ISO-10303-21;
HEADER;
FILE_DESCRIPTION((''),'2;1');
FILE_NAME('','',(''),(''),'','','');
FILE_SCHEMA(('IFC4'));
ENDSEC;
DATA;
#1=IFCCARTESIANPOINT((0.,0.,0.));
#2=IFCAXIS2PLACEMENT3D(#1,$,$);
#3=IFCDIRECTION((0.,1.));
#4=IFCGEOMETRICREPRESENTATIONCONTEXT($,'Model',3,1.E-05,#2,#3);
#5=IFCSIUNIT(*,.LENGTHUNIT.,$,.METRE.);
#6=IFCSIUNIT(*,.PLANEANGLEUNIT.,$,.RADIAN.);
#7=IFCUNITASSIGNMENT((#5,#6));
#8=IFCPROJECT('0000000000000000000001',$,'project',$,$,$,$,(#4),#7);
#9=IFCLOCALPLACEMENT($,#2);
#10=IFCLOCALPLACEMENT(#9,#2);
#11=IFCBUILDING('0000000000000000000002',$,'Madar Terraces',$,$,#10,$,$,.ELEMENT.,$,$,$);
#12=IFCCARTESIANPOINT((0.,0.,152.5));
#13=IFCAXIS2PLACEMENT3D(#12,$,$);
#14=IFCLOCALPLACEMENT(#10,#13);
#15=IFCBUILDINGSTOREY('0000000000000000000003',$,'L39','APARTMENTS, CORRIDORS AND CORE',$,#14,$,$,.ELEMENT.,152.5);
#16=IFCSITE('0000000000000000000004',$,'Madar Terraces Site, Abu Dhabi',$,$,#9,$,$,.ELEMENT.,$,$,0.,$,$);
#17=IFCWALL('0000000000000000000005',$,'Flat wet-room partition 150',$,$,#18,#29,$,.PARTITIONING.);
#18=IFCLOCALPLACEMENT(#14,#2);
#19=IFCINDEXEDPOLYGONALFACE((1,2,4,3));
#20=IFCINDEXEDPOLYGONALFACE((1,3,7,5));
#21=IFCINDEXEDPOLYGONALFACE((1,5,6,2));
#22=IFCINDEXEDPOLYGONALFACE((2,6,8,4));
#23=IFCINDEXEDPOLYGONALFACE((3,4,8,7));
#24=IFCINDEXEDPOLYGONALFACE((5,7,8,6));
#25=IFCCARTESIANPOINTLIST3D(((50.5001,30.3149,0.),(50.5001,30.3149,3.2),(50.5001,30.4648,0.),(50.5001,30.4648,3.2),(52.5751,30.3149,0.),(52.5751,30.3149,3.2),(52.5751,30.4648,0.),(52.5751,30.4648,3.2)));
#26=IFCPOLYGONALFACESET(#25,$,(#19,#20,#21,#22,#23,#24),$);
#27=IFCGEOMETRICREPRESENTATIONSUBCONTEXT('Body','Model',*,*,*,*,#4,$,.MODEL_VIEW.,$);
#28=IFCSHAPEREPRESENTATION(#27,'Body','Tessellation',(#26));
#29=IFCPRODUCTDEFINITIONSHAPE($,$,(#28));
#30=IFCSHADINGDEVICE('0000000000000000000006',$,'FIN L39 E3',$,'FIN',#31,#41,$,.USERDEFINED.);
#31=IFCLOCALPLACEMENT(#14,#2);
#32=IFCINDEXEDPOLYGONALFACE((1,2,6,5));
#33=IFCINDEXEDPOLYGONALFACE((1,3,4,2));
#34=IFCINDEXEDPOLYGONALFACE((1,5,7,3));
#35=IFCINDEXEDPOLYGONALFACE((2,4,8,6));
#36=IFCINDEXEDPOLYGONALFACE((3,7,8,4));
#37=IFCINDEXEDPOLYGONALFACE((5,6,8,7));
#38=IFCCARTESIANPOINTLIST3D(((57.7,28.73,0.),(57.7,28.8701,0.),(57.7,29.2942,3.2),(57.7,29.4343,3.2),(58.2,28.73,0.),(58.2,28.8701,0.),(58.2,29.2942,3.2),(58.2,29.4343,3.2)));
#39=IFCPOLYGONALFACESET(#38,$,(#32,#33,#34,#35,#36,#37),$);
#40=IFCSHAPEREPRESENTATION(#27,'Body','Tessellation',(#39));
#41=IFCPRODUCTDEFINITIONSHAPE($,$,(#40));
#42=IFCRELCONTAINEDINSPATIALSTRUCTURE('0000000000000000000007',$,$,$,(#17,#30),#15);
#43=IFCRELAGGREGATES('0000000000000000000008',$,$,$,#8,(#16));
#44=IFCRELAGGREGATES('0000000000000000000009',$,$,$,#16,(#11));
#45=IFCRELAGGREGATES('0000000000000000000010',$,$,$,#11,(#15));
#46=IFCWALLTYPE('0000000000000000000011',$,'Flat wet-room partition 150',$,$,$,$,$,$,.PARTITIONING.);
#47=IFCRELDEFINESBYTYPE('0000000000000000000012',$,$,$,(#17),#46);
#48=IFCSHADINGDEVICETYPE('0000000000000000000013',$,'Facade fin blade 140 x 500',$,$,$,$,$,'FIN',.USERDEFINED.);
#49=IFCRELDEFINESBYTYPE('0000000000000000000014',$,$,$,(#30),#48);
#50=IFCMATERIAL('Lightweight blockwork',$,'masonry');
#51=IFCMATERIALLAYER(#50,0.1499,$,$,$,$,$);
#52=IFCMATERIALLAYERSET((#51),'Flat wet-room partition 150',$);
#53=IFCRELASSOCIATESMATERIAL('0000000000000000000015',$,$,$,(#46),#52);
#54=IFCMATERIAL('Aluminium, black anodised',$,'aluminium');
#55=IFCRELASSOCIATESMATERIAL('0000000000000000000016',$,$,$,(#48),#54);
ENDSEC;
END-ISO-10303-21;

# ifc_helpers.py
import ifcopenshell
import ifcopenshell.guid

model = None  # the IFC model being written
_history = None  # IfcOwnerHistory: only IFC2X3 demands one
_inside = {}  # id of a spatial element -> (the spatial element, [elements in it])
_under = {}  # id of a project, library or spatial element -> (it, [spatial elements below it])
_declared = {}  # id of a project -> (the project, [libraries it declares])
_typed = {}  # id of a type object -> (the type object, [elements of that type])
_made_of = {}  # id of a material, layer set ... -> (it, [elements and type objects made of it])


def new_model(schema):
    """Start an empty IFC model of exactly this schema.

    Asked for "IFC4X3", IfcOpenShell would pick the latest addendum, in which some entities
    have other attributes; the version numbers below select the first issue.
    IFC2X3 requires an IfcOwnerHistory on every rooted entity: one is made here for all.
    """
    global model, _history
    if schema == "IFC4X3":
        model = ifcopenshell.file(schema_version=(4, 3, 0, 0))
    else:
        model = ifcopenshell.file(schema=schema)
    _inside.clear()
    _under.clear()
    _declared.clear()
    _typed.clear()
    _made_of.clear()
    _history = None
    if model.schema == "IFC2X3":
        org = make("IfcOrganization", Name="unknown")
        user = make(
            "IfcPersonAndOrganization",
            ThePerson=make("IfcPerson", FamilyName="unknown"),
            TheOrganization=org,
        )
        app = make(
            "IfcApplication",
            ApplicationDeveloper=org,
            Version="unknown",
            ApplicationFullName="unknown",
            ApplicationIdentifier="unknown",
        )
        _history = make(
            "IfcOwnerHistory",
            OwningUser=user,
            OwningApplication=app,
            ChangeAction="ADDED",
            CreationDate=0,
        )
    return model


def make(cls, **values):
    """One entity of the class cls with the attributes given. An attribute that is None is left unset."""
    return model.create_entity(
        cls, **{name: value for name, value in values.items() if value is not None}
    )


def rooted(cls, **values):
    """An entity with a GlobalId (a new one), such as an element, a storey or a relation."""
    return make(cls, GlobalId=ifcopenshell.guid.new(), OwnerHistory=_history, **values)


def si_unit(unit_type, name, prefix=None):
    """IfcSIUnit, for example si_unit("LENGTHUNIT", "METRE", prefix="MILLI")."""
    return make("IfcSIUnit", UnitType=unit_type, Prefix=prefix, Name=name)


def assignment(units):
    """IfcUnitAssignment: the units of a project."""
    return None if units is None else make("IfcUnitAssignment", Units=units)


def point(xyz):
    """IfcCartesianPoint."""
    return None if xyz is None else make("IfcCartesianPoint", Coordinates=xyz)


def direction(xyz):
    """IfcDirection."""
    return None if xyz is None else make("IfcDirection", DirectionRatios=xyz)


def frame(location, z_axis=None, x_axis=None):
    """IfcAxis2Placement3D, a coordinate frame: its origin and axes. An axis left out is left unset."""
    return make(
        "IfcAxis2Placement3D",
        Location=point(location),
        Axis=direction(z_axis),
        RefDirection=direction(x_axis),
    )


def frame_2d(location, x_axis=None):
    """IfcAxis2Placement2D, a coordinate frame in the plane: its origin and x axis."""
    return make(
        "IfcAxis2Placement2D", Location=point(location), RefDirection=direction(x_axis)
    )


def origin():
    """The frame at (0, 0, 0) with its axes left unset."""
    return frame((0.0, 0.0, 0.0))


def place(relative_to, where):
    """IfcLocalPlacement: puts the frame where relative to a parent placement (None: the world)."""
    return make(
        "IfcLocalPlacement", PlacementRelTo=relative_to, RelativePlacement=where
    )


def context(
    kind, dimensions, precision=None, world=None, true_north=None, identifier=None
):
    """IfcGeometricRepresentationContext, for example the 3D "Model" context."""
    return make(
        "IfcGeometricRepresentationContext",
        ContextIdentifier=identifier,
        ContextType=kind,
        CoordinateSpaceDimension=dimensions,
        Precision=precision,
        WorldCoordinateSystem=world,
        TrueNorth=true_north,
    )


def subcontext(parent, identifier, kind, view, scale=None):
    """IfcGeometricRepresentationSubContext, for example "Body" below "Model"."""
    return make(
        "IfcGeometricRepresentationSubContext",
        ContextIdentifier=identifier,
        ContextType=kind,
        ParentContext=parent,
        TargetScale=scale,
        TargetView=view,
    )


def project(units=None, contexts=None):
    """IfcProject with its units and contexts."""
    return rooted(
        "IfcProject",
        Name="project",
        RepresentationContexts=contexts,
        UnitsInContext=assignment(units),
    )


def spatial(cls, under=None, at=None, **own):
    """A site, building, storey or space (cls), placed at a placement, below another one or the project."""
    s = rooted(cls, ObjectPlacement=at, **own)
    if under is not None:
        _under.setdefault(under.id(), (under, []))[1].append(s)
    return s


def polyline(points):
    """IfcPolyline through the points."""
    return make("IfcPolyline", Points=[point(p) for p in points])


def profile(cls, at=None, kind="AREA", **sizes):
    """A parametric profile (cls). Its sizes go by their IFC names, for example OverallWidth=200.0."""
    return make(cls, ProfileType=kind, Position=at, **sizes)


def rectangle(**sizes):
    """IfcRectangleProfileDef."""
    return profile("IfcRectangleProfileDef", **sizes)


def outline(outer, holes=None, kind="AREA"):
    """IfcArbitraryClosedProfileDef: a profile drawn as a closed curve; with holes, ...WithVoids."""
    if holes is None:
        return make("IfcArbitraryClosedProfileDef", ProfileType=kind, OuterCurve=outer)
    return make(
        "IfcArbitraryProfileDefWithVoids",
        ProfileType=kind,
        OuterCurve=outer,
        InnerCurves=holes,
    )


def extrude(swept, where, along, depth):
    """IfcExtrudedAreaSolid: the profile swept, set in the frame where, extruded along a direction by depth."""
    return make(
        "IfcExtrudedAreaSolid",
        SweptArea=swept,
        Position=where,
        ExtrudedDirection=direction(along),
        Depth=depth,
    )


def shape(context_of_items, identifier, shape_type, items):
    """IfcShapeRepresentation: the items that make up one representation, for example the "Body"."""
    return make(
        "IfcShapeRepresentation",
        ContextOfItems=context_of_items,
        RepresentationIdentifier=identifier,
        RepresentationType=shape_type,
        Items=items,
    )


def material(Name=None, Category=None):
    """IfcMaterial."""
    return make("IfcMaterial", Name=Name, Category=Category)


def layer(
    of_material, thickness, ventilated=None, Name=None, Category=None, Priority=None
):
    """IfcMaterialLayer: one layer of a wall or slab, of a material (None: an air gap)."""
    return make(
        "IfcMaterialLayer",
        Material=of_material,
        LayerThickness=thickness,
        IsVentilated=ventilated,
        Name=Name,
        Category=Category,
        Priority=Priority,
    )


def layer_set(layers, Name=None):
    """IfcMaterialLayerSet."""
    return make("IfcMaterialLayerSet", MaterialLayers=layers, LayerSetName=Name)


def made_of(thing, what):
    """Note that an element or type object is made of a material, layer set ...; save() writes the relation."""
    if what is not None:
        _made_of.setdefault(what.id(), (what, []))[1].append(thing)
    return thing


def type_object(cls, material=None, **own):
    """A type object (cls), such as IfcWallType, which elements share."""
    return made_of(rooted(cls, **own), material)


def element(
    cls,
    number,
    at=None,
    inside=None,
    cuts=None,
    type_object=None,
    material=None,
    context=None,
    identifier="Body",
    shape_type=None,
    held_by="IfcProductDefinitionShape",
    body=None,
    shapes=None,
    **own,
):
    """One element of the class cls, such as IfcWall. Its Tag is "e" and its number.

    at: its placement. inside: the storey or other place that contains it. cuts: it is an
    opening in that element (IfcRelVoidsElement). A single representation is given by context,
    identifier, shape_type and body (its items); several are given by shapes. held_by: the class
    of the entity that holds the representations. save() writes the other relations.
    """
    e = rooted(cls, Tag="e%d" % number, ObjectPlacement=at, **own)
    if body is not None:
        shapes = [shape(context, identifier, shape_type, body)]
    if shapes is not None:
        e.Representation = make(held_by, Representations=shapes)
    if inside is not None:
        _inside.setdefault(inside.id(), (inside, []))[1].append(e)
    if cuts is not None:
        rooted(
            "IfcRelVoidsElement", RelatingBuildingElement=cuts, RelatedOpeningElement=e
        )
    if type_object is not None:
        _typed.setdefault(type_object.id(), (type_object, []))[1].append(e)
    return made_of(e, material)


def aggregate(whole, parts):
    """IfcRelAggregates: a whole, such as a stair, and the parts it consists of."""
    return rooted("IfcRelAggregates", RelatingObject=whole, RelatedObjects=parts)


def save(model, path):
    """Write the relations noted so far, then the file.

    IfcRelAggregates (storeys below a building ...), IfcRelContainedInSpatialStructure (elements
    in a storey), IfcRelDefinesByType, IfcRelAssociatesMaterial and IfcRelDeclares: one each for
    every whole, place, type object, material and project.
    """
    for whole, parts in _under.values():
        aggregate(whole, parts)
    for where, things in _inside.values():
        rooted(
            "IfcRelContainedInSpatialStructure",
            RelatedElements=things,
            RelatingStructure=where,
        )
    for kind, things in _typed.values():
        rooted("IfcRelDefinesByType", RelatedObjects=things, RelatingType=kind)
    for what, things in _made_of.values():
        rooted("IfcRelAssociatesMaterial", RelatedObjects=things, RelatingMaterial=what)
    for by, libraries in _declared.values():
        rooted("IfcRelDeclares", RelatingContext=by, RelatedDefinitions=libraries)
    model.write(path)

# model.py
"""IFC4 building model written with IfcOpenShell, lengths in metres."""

from ifc_helpers import new_model, si_unit, direction, frame, frame_2d, origin, place, context, subcontext, project, spatial, polyline, rectangle, outline, extrude, material, layer, layer_set, type_object, element, save


model = new_model("IFC4")

# Units and contexts
model_context = context("Model", 3, precision=1e-05, world=origin(), true_north=direction((0.0, 1.0)))
body_context = subcontext(model_context, "Body", "Model", "MODEL_VIEW")
ifc_project = project(units=[si_unit("LENGTHUNIT", "METRE"), si_unit("PLANEANGLEUNIT", "RADIAN")], contexts=[model_context])

# Site, building, storey
site_placement = place(None, origin())
site = spatial("IfcSite", under=ifc_project, at=site_placement, Name="Madar Terraces Site, Abu Dhabi", CompositionType="ELEMENT", RefElevation=0.0)
building_placement = place(site_placement, origin())
building = spatial("IfcBuilding", under=site, at=building_placement, Name="Madar Terraces", CompositionType="ELEMENT")
storey_placement = place(building_placement, frame((0.0, 0.0, 152.5)))
storey = spatial("IfcBuildingStorey", under=building, at=storey_placement, Name="L39", Description="APARTMENTS, CORRIDORS AND CORE", CompositionType="ELEMENT", Elevation=152.5)

# Wall
ifc_material_1 = material(Name="Lightweight blockwork", Category="masonry")
ifc_layer_1 = layer(ifc_material_1, 0.1499)
ifc_layer_set_1 = layer_set([ifc_layer_1], Name="Flat wet-room partition 150")
wall_type_1 = type_object("IfcWallType", Name="Flat wet-room partition 150", PredefinedType="PARTITIONING", material=ifc_layer_set_1)
wall_1_placement = place(storey_placement, frame((50.5, 30.3899, 0.0), z_axis=(0.0, 0.0, 1.0), x_axis=(1.0, 0.0, 0.0)))
element("IfcWall", 1, at=wall_1_placement, inside=storey, type_object=wall_type_1, Name="Flat wet-room partition 150", PredefinedType="PARTITIONING", context=body_context, shape_type="SweptSolid", body=[
    extrude(rectangle(XDim=2.075, YDim=0.1499, at=frame_2d((1.0376, 0.0))), origin(), (0.0, 0.0, 1.0), 3.2),
])

# Shading device
ifc_material_2 = material(Name="Aluminium, black anodised", Category="aluminium")
shading_device_type = type_object("IfcShadingDeviceType", Name="Facade fin blade 140 x 500", ElementType="FIN", PredefinedType="USERDEFINED", material=ifc_material_2)
shading_device_placement = place(storey_placement, frame((57.95, 28.73, 0.0), z_axis=(0.0, 0.0, 1.0), x_axis=(0.0, 1.0, 0.0)))
element("IfcShadingDevice", 2, at=shading_device_placement, inside=storey, type_object=shading_device_type, Name="FIN L39 E3", ObjectType="FIN", PredefinedType="USERDEFINED", context=body_context, shape_type="SweptSolid", body=[
    extrude(outline(polyline([(0.0, 0.0), (0.1401, 0.0), (0.7043, 3.2), (0.5642, 3.2), (0.0, 0.0)])), frame((0.0, 0.25, 0.0), z_axis=(0.0, -1.0, 0.0), x_axis=(1.0, 0.0, 0.0)), (0.0, 0.0, 1.0), 0.5),
])

save(model, "model.ifc")
